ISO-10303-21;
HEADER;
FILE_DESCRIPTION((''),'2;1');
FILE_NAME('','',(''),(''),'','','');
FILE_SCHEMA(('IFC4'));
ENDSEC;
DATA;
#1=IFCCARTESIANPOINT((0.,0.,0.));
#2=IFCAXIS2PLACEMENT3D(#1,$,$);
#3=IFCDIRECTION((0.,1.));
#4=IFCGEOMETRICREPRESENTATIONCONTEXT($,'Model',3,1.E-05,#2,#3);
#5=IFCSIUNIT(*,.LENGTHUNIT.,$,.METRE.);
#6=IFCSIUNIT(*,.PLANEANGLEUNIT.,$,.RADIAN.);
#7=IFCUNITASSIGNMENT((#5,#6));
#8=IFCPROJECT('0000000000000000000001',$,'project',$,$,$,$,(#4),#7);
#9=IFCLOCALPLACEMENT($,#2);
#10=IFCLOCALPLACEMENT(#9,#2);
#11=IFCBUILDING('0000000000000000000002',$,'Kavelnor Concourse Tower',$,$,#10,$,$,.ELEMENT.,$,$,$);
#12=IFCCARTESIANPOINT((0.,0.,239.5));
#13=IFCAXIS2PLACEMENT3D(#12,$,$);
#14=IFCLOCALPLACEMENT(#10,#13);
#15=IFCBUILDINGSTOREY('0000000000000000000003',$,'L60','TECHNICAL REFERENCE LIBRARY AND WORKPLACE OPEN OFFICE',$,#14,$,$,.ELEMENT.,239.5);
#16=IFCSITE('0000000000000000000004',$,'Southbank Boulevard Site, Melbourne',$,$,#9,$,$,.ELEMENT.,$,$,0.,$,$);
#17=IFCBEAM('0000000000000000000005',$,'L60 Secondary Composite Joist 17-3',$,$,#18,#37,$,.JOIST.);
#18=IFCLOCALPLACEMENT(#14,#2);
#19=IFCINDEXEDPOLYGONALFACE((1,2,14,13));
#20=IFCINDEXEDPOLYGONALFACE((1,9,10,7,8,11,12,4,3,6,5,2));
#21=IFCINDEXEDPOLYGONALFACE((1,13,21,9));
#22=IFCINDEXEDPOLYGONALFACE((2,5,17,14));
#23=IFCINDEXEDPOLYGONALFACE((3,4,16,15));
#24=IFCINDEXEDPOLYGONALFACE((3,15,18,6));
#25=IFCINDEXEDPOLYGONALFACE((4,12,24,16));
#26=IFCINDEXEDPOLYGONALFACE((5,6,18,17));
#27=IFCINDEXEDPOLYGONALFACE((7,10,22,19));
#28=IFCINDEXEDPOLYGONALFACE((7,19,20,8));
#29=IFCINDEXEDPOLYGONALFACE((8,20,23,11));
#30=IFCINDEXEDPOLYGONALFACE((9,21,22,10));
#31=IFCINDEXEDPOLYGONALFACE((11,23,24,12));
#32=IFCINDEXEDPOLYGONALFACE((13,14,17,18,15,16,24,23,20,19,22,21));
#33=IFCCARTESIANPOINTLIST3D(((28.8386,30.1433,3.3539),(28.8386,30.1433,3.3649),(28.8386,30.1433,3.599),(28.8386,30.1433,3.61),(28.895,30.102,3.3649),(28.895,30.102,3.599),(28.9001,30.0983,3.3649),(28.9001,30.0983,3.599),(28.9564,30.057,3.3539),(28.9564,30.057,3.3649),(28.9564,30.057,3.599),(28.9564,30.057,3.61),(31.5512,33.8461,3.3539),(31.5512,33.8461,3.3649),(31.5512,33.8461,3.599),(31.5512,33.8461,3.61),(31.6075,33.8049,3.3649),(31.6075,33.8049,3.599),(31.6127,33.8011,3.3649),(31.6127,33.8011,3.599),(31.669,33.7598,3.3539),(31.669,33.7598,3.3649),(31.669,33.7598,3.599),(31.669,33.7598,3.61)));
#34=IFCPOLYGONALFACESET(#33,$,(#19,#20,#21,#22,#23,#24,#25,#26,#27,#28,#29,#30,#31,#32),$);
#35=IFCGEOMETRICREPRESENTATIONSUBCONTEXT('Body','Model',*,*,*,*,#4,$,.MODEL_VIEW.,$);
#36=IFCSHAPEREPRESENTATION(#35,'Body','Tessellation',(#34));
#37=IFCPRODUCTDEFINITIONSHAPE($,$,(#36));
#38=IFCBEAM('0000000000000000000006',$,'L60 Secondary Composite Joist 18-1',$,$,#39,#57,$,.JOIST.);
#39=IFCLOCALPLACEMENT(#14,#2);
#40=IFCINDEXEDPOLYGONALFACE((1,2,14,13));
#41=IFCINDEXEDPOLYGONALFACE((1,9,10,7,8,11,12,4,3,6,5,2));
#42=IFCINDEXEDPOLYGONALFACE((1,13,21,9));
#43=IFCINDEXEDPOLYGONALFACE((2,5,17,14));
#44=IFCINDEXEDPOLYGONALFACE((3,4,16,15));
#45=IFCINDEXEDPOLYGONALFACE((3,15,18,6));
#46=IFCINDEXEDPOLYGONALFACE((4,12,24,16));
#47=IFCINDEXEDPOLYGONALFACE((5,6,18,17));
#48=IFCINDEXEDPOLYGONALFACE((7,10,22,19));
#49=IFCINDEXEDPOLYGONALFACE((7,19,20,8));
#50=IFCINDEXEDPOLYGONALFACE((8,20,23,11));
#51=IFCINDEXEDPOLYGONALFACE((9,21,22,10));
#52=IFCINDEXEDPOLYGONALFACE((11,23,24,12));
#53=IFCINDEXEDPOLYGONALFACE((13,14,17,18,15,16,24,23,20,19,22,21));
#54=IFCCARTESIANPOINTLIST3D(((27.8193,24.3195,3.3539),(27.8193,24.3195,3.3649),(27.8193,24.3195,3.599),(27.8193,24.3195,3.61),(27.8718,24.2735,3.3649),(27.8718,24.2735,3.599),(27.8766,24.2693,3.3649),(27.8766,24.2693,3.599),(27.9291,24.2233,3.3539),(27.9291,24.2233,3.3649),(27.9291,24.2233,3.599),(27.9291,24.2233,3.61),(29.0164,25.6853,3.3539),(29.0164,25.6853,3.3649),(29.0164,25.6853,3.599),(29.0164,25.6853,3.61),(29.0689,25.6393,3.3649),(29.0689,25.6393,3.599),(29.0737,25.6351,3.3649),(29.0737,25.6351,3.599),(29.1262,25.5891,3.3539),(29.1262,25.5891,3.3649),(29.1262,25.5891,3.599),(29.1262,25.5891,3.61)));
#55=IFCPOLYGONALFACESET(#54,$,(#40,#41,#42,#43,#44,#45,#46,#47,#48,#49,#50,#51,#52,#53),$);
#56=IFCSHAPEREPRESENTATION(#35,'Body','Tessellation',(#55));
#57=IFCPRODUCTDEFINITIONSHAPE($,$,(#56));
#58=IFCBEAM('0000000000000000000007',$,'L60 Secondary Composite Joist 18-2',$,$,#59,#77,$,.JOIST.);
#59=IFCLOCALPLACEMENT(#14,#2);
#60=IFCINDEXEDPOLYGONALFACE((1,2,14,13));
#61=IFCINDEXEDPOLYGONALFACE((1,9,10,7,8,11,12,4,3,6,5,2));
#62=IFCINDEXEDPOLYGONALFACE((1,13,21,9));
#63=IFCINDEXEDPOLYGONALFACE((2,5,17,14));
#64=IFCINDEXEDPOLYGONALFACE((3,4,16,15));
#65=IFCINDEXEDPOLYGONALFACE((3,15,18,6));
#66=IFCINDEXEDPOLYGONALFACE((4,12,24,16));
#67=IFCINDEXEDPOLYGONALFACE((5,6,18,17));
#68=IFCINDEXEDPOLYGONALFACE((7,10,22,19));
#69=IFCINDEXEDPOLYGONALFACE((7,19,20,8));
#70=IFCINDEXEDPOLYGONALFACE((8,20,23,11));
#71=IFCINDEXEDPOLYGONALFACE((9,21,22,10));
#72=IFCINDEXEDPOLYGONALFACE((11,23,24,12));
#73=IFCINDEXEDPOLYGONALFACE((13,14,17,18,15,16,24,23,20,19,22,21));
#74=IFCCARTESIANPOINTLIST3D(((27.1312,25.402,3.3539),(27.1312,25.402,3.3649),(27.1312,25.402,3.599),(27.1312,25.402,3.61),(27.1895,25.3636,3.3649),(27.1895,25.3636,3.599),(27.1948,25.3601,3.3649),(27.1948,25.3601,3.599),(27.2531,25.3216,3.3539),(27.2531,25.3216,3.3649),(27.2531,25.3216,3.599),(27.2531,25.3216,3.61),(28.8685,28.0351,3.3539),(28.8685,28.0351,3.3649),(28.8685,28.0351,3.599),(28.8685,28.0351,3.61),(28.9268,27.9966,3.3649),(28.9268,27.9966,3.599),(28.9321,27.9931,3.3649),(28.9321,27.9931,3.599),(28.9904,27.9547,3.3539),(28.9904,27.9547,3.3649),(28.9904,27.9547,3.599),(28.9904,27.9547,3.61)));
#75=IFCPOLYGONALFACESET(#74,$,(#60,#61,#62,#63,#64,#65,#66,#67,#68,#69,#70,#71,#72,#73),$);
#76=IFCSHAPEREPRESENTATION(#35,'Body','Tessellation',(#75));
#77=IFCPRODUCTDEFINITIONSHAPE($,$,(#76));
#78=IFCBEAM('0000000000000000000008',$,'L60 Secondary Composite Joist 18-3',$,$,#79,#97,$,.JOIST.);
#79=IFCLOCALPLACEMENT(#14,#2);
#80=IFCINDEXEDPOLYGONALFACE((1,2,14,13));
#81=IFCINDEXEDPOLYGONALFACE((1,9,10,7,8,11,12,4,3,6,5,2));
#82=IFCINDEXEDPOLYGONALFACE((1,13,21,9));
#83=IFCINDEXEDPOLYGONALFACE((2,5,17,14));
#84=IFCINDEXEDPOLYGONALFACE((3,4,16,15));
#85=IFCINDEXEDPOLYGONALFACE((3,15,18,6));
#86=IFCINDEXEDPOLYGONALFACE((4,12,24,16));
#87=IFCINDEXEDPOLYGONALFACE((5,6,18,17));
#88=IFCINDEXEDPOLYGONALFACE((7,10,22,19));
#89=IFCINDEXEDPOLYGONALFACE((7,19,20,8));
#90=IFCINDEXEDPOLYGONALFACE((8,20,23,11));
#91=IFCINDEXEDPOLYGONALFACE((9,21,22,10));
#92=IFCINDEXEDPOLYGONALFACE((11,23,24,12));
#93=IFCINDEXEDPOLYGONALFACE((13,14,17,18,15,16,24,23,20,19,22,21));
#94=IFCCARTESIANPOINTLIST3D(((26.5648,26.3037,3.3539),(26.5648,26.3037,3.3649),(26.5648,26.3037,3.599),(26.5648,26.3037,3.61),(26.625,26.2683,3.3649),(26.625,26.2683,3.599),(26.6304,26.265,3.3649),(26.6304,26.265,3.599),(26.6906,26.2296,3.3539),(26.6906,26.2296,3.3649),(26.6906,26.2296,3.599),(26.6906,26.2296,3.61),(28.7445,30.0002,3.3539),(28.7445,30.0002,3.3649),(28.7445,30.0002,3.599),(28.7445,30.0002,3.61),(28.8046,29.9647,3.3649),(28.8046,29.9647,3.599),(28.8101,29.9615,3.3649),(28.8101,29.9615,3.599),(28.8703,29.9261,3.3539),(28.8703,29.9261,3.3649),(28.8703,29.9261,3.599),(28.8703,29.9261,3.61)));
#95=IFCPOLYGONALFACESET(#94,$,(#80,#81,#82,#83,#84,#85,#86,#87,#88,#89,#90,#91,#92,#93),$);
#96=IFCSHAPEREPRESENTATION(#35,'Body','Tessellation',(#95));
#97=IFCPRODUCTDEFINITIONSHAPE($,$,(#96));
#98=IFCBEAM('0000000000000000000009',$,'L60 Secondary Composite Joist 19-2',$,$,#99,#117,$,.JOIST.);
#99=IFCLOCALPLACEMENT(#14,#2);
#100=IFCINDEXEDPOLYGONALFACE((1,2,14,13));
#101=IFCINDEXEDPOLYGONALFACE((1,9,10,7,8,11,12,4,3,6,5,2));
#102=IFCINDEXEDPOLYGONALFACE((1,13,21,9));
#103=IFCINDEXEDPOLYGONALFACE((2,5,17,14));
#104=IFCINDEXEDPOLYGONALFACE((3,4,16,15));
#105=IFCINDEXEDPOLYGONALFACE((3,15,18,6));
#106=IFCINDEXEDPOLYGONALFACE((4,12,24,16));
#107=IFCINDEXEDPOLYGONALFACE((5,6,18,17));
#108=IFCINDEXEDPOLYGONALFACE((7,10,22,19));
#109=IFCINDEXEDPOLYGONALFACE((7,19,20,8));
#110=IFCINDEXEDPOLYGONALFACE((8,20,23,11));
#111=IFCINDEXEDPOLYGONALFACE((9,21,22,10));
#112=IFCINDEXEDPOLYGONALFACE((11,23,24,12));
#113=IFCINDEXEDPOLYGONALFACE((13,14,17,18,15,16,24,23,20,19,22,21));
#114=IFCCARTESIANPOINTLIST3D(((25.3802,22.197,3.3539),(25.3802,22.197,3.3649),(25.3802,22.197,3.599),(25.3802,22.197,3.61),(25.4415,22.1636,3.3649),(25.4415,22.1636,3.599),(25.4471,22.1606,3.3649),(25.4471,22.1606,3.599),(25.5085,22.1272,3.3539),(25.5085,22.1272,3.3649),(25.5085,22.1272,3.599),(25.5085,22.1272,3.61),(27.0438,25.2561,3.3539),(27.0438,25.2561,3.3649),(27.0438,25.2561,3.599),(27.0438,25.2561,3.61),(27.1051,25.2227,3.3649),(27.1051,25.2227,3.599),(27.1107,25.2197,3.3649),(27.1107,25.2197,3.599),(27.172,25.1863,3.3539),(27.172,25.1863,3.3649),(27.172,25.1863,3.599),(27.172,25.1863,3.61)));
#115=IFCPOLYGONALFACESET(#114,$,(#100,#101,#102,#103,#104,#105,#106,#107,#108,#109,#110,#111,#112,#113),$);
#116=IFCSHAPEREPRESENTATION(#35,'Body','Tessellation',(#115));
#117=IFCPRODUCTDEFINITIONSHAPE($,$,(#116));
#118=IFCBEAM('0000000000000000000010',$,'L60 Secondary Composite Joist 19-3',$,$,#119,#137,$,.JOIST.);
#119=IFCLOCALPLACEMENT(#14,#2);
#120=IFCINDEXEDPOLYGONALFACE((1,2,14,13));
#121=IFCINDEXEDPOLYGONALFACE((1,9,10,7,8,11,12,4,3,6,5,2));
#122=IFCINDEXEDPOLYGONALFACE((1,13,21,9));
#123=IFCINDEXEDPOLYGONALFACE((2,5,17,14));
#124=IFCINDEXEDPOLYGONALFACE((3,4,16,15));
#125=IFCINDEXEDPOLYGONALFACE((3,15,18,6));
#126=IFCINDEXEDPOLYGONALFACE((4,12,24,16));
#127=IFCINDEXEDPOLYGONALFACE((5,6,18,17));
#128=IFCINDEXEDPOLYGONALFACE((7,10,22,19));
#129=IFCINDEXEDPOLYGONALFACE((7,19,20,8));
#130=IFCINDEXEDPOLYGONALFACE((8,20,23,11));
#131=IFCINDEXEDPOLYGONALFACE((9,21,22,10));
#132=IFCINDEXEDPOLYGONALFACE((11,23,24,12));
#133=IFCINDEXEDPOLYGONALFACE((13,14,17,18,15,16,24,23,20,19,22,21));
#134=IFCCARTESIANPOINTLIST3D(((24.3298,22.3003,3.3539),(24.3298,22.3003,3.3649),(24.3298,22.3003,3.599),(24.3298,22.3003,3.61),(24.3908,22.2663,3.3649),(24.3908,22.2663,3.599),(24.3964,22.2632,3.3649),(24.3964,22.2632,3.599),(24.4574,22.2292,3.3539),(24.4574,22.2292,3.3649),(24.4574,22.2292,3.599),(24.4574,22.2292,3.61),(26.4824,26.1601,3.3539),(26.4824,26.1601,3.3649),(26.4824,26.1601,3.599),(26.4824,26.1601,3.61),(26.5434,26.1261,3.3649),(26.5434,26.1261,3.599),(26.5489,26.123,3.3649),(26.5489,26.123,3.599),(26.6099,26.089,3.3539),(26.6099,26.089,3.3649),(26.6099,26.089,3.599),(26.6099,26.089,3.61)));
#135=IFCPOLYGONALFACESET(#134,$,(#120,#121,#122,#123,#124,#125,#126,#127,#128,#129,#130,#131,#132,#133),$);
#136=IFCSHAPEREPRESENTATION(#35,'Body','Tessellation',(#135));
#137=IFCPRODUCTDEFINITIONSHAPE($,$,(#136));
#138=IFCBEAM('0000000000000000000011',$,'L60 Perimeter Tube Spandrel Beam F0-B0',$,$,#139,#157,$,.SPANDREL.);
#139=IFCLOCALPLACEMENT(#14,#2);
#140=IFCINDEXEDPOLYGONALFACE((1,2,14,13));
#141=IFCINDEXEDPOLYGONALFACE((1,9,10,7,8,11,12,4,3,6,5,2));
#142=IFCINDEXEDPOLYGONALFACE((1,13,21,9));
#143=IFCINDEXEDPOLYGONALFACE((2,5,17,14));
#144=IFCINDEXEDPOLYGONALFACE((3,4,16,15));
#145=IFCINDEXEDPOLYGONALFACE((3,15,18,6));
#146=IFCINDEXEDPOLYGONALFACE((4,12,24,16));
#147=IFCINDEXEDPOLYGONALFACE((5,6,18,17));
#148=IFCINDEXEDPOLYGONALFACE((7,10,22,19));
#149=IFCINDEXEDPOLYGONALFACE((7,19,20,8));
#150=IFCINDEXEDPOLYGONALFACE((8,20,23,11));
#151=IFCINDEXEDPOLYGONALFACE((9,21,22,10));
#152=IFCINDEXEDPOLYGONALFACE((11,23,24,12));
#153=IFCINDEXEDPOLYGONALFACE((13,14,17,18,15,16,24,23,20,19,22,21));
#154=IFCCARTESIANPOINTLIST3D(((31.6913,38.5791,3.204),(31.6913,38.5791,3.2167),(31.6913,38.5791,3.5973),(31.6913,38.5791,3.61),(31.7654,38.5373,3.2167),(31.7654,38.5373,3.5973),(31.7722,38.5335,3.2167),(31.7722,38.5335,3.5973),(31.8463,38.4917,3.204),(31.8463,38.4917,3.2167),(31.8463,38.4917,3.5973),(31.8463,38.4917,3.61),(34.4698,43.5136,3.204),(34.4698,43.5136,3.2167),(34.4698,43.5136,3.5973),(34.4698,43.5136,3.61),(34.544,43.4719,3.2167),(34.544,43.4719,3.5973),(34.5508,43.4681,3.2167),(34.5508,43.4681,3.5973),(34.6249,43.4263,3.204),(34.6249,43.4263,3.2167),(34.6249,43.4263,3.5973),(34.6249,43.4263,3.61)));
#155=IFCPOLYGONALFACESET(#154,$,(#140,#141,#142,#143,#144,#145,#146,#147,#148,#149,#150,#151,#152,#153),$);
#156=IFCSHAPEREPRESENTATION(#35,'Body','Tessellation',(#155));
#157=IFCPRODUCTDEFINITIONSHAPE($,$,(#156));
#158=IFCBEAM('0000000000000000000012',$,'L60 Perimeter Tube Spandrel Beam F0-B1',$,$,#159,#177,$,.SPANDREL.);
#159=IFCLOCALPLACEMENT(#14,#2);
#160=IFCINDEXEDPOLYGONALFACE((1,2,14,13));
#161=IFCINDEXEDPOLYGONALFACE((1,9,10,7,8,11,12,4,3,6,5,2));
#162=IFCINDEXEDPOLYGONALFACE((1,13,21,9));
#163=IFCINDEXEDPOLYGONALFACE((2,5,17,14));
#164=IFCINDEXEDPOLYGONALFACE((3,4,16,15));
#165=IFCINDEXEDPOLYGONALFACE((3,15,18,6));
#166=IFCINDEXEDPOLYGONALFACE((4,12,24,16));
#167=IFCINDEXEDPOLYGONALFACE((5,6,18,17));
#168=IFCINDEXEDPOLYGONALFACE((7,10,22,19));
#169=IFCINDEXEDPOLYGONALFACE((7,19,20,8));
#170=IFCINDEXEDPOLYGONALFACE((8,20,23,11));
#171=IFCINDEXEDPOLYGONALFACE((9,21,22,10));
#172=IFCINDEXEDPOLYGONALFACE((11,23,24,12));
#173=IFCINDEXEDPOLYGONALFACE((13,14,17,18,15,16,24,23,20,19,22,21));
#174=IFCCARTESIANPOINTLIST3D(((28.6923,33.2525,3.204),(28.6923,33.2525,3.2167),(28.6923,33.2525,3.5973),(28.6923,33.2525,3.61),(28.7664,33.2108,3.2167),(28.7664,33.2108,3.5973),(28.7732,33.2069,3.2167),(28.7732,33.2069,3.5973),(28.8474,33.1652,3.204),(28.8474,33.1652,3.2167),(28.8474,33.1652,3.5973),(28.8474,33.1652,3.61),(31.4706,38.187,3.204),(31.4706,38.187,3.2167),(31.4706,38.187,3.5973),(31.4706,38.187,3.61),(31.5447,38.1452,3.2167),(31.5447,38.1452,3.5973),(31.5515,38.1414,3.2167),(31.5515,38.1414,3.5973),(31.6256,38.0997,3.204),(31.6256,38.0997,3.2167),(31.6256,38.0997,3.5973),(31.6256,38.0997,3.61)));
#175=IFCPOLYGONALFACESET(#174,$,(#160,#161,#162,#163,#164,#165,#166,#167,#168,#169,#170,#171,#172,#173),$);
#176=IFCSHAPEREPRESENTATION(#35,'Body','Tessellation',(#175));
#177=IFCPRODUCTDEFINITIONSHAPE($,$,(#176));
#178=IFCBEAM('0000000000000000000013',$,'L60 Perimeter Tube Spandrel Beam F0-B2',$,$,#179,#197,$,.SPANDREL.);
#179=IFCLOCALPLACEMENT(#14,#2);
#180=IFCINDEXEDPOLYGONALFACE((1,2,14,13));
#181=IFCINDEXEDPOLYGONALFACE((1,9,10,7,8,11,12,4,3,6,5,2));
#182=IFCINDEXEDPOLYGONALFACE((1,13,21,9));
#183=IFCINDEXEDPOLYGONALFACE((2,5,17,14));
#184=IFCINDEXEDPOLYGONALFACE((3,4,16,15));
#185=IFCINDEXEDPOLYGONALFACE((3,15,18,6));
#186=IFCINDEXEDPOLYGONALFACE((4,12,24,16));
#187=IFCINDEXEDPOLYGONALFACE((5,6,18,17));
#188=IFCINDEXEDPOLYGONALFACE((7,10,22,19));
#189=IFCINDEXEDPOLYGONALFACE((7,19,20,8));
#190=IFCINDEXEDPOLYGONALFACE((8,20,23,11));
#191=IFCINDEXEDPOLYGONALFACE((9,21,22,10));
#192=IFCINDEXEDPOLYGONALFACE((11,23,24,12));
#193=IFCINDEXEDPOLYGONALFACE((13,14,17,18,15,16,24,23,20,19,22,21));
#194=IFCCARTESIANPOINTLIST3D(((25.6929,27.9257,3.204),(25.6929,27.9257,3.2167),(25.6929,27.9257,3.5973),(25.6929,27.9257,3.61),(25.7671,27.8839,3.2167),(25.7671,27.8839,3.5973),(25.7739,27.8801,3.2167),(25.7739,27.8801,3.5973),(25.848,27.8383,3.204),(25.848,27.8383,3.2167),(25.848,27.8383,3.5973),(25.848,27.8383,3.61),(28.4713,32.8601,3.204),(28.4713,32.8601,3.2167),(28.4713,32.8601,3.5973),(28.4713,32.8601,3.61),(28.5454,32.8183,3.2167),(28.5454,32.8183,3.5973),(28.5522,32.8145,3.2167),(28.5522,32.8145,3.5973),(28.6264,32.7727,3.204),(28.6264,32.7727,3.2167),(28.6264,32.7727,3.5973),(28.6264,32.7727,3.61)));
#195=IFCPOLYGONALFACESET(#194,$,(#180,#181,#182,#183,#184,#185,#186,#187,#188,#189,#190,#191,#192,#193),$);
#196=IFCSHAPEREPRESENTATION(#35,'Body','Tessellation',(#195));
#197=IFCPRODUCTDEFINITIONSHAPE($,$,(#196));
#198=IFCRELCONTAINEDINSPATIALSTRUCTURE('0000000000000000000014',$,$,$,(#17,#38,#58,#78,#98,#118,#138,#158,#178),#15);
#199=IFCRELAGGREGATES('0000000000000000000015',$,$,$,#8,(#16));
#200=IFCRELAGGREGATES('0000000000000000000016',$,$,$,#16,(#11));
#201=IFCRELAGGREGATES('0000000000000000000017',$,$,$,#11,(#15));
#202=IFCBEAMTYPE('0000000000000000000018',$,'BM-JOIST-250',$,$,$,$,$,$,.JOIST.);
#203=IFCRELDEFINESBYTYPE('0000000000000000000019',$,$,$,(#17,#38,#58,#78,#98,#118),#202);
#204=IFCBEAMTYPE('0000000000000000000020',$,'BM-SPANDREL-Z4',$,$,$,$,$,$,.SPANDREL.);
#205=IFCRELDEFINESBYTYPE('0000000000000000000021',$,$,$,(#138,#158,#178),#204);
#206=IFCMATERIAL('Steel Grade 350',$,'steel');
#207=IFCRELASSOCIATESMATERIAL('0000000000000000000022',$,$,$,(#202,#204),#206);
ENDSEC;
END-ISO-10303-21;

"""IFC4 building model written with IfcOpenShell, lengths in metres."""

from ifc_helpers import new_model, si_unit, direction, frame, origin, origin_2d, place, context, subcontext, project, spatial, i_section, extrude, material, material_profile, profile_set, type_object, element, save


model = new_model("IFC4")

# Units and contexts
model_context = context("Model", 3, precision=1e-05, world=origin(), true_north=direction((0.0, 1.0)))
body_context = subcontext(model_context, "Body", "Model", "MODEL_VIEW")
ifc_project = project(units=[si_unit("LENGTHUNIT", "METRE"), si_unit("PLANEANGLEUNIT", "RADIAN")], contexts=[model_context])

# Site, building, storey
site_placement = place(None, origin())
site = spatial("IfcSite", under=ifc_project, at=site_placement, Name="Southbank Boulevard Site, Melbourne", CompositionType="ELEMENT", RefElevation=0.0)
building_placement = place(site_placement, origin())
building = spatial("IfcBuilding", under=site, at=building_placement, Name="Kavelnor Concourse Tower", CompositionType="ELEMENT")
storey_placement = place(building_placement, frame((0.0, 0.0, 239.5)))
storey = spatial("IfcBuildingStorey", under=building, at=storey_placement, Name="L60", Description="TECHNICAL REFERENCE LIBRARY AND WORKPLACE OPEN OFFICE", CompositionType="ELEMENT", Elevation=239.5)

# Shared definitions
ifc_material_1 = material(Name="Steel Grade 350", Category="steel")

# Beams
ifc_material_profile_1 = material_profile(ifc_material_1, i_section(OverallWidth=0.146, OverallDepth=0.2561, WebThickness=0.0063, FlangeThickness=0.011, at=origin_2d()), Name="250UB37")
ifc_profile_set_1 = profile_set([ifc_material_profile_1], Name="Steel Grade 350")
beam_type_1 = type_object("IfcBeamType", Name="BM-JOIST-250", PredefinedType="JOIST", material=ifc_profile_set_1)
beam_1_placement = place(storey_placement, frame((31.6101, 33.803, 3.4819), z_axis=(-0.590967, -0.806696, 0.0), x_axis=(0.806696, -0.590967, 0.0)))
element("IfcBeam", 1, at=beam_1_placement, inside=storey, type_object=beam_type_1, Name="L60 Secondary Composite Joist 17-3", PredefinedType="JOIST", context=body_context, shape_type="SweptSolid", body=[
    extrude(i_section(OverallWidth=0.146, OverallDepth=0.2561, WebThickness=0.0063, FlangeThickness=0.011, at=origin_2d()), origin(), (0.0, 0.0, 1.0), 4.5901),
])
beam_2_placement = place(storey_placement, frame((29.0713, 25.6372, 3.4819), z_axis=(-0.659133, -0.752027, 0.0), x_axis=(0.752027, -0.659133, 0.0)))
element("IfcBeam", 2, at=beam_2_placement, inside=storey, type_object=beam_type_1, Name="L60 Secondary Composite Joist 18-1", PredefinedType="JOIST", context=body_context, shape_type="SweptSolid", body=[
    extrude(i_section(OverallWidth=0.146, OverallDepth=0.2561, WebThickness=0.0063, FlangeThickness=0.011, at=origin_2d()), origin(), (0.0, 0.0, 1.0), 1.8162),
])
beam_3_placement = place(storey_placement, frame((28.9294, 27.9949, 3.4819), z_axis=(-0.550729, -0.834684, 0.0), x_axis=(0.834684, -0.550729, 0.0)))
element("IfcBeam", 3, at=beam_3_placement, inside=storey, type_object=beam_type_1, Name="L60 Secondary Composite Joist 18-2", PredefinedType="JOIST", context=body_context, shape_type="SweptSolid", body=[
    extrude(i_section(OverallWidth=0.146, OverallDepth=0.2561, WebThickness=0.0063, FlangeThickness=0.011, at=origin_2d()), origin(), (0.0, 0.0, 1.0), 3.1545),
])
beam_4_placement = place(storey_placement, frame((28.8074, 29.9631, 3.4819), z_axis=(-0.50793, -0.861398, 0.0), x_axis=(0.861398, -0.50793, 0.0)))
element("IfcBeam", 4, at=beam_4_placement, inside=storey, type_object=beam_type_1, Name="L60 Secondary Composite Joist 18-3", PredefinedType="JOIST", context=body_context, shape_type="SweptSolid", body=[
    extrude(i_section(OverallWidth=0.146, OverallDepth=0.2561, WebThickness=0.0063, FlangeThickness=0.011, at=origin_2d()), origin(), (0.0, 0.0, 1.0), 4.2913),
])
beam_5_placement = place(storey_placement, frame((27.1079, 25.2212, 3.4819), z_axis=(-0.477742, -0.8785, 0.0), x_axis=(0.8785, -0.477742, 0.0)))
element("IfcBeam", 5, at=beam_5_placement, inside=storey, type_object=beam_type_1, Name="L60 Secondary Composite Joist 19-2", PredefinedType="JOIST", context=body_context, shape_type="SweptSolid", body=[
    extrude(i_section(OverallWidth=0.146, OverallDepth=0.2561, WebThickness=0.0063, FlangeThickness=0.011, at=origin_2d()), origin(), (0.0, 0.0, 1.0), 3.4822),
])
beam_6_placement = place(storey_placement, frame((26.5461, 26.1245, 3.4819), z_axis=(-0.487063, -0.873367, 0.0), x_axis=(0.873367, -0.487063, 0.0)))
element("IfcBeam", 6, at=beam_6_placement, inside=storey, type_object=beam_type_1, Name="L60 Secondary Composite Joist 19-3", PredefinedType="JOIST", context=body_context, shape_type="SweptSolid", body=[
    extrude(i_section(OverallWidth=0.146, OverallDepth=0.2561, WebThickness=0.0063, FlangeThickness=0.011, at=origin_2d()), origin(), (0.0, 0.0, 1.0), 4.4194),
])
ifc_material_profile_2 = material_profile(ifc_material_1, i_section(OverallWidth=0.178, OverallDepth=0.406, WebThickness=0.0078, FlangeThickness=0.0127, at=origin_2d()), Name="410UB59")
ifc_profile_set_2 = profile_set([ifc_material_profile_2], Name="Steel Grade 350")
beam_type_2 = type_object("IfcBeamType", Name="BM-SPANDREL-Z4", PredefinedType="SPANDREL", material=ifc_profile_set_2)
beam_7_placement = place(storey_placement, frame((34.5474, 43.47, 3.407), z_axis=(-0.490646, -0.871359, 0.0), x_axis=(0.871359, -0.490646, 0.0)))
element("IfcBeam", 7, at=beam_7_placement, inside=storey, type_object=beam_type_2, Name="L60 Perimeter Tube Spandrel Beam F0-B0", PredefinedType="SPANDREL", context=body_context, shape_type="SweptSolid", body=[
    extrude(i_section(OverallWidth=0.178, OverallDepth=0.406, WebThickness=0.0078, FlangeThickness=0.0127, at=origin_2d()), origin(), (0.0, 0.0, 1.0), 5.6631),
])
for number, where, z_axis, x_axis, name in (
    (8, (31.5481, 38.1433, 3.407), (-0.490613, -0.871377, 0.0), (0.871377, -0.490613, 0.0), "L60 Perimeter Tube Spandrel Beam F0-B1"),
    (9, (28.5488, 32.8164, 3.407), (-0.490632, -0.871367, 0.0), (0.871367, -0.490632, 0.0), "L60 Perimeter Tube Spandrel Beam F0-B2"),
):
    element("IfcBeam", number, at=place(storey_placement, frame(where, z_axis=z_axis, x_axis=x_axis)), inside=storey, type_object=beam_type_2, Name=name, PredefinedType="SPANDREL", context=body_context, shape_type="SweptSolid", body=[
        extrude(i_section(OverallWidth=0.178, OverallDepth=0.406, WebThickness=0.0078, FlangeThickness=0.0127, at=origin_2d()), origin(), (0.0, 0.0, 1.0), 5.6628),
    ])

save(model, "model.ifc")
